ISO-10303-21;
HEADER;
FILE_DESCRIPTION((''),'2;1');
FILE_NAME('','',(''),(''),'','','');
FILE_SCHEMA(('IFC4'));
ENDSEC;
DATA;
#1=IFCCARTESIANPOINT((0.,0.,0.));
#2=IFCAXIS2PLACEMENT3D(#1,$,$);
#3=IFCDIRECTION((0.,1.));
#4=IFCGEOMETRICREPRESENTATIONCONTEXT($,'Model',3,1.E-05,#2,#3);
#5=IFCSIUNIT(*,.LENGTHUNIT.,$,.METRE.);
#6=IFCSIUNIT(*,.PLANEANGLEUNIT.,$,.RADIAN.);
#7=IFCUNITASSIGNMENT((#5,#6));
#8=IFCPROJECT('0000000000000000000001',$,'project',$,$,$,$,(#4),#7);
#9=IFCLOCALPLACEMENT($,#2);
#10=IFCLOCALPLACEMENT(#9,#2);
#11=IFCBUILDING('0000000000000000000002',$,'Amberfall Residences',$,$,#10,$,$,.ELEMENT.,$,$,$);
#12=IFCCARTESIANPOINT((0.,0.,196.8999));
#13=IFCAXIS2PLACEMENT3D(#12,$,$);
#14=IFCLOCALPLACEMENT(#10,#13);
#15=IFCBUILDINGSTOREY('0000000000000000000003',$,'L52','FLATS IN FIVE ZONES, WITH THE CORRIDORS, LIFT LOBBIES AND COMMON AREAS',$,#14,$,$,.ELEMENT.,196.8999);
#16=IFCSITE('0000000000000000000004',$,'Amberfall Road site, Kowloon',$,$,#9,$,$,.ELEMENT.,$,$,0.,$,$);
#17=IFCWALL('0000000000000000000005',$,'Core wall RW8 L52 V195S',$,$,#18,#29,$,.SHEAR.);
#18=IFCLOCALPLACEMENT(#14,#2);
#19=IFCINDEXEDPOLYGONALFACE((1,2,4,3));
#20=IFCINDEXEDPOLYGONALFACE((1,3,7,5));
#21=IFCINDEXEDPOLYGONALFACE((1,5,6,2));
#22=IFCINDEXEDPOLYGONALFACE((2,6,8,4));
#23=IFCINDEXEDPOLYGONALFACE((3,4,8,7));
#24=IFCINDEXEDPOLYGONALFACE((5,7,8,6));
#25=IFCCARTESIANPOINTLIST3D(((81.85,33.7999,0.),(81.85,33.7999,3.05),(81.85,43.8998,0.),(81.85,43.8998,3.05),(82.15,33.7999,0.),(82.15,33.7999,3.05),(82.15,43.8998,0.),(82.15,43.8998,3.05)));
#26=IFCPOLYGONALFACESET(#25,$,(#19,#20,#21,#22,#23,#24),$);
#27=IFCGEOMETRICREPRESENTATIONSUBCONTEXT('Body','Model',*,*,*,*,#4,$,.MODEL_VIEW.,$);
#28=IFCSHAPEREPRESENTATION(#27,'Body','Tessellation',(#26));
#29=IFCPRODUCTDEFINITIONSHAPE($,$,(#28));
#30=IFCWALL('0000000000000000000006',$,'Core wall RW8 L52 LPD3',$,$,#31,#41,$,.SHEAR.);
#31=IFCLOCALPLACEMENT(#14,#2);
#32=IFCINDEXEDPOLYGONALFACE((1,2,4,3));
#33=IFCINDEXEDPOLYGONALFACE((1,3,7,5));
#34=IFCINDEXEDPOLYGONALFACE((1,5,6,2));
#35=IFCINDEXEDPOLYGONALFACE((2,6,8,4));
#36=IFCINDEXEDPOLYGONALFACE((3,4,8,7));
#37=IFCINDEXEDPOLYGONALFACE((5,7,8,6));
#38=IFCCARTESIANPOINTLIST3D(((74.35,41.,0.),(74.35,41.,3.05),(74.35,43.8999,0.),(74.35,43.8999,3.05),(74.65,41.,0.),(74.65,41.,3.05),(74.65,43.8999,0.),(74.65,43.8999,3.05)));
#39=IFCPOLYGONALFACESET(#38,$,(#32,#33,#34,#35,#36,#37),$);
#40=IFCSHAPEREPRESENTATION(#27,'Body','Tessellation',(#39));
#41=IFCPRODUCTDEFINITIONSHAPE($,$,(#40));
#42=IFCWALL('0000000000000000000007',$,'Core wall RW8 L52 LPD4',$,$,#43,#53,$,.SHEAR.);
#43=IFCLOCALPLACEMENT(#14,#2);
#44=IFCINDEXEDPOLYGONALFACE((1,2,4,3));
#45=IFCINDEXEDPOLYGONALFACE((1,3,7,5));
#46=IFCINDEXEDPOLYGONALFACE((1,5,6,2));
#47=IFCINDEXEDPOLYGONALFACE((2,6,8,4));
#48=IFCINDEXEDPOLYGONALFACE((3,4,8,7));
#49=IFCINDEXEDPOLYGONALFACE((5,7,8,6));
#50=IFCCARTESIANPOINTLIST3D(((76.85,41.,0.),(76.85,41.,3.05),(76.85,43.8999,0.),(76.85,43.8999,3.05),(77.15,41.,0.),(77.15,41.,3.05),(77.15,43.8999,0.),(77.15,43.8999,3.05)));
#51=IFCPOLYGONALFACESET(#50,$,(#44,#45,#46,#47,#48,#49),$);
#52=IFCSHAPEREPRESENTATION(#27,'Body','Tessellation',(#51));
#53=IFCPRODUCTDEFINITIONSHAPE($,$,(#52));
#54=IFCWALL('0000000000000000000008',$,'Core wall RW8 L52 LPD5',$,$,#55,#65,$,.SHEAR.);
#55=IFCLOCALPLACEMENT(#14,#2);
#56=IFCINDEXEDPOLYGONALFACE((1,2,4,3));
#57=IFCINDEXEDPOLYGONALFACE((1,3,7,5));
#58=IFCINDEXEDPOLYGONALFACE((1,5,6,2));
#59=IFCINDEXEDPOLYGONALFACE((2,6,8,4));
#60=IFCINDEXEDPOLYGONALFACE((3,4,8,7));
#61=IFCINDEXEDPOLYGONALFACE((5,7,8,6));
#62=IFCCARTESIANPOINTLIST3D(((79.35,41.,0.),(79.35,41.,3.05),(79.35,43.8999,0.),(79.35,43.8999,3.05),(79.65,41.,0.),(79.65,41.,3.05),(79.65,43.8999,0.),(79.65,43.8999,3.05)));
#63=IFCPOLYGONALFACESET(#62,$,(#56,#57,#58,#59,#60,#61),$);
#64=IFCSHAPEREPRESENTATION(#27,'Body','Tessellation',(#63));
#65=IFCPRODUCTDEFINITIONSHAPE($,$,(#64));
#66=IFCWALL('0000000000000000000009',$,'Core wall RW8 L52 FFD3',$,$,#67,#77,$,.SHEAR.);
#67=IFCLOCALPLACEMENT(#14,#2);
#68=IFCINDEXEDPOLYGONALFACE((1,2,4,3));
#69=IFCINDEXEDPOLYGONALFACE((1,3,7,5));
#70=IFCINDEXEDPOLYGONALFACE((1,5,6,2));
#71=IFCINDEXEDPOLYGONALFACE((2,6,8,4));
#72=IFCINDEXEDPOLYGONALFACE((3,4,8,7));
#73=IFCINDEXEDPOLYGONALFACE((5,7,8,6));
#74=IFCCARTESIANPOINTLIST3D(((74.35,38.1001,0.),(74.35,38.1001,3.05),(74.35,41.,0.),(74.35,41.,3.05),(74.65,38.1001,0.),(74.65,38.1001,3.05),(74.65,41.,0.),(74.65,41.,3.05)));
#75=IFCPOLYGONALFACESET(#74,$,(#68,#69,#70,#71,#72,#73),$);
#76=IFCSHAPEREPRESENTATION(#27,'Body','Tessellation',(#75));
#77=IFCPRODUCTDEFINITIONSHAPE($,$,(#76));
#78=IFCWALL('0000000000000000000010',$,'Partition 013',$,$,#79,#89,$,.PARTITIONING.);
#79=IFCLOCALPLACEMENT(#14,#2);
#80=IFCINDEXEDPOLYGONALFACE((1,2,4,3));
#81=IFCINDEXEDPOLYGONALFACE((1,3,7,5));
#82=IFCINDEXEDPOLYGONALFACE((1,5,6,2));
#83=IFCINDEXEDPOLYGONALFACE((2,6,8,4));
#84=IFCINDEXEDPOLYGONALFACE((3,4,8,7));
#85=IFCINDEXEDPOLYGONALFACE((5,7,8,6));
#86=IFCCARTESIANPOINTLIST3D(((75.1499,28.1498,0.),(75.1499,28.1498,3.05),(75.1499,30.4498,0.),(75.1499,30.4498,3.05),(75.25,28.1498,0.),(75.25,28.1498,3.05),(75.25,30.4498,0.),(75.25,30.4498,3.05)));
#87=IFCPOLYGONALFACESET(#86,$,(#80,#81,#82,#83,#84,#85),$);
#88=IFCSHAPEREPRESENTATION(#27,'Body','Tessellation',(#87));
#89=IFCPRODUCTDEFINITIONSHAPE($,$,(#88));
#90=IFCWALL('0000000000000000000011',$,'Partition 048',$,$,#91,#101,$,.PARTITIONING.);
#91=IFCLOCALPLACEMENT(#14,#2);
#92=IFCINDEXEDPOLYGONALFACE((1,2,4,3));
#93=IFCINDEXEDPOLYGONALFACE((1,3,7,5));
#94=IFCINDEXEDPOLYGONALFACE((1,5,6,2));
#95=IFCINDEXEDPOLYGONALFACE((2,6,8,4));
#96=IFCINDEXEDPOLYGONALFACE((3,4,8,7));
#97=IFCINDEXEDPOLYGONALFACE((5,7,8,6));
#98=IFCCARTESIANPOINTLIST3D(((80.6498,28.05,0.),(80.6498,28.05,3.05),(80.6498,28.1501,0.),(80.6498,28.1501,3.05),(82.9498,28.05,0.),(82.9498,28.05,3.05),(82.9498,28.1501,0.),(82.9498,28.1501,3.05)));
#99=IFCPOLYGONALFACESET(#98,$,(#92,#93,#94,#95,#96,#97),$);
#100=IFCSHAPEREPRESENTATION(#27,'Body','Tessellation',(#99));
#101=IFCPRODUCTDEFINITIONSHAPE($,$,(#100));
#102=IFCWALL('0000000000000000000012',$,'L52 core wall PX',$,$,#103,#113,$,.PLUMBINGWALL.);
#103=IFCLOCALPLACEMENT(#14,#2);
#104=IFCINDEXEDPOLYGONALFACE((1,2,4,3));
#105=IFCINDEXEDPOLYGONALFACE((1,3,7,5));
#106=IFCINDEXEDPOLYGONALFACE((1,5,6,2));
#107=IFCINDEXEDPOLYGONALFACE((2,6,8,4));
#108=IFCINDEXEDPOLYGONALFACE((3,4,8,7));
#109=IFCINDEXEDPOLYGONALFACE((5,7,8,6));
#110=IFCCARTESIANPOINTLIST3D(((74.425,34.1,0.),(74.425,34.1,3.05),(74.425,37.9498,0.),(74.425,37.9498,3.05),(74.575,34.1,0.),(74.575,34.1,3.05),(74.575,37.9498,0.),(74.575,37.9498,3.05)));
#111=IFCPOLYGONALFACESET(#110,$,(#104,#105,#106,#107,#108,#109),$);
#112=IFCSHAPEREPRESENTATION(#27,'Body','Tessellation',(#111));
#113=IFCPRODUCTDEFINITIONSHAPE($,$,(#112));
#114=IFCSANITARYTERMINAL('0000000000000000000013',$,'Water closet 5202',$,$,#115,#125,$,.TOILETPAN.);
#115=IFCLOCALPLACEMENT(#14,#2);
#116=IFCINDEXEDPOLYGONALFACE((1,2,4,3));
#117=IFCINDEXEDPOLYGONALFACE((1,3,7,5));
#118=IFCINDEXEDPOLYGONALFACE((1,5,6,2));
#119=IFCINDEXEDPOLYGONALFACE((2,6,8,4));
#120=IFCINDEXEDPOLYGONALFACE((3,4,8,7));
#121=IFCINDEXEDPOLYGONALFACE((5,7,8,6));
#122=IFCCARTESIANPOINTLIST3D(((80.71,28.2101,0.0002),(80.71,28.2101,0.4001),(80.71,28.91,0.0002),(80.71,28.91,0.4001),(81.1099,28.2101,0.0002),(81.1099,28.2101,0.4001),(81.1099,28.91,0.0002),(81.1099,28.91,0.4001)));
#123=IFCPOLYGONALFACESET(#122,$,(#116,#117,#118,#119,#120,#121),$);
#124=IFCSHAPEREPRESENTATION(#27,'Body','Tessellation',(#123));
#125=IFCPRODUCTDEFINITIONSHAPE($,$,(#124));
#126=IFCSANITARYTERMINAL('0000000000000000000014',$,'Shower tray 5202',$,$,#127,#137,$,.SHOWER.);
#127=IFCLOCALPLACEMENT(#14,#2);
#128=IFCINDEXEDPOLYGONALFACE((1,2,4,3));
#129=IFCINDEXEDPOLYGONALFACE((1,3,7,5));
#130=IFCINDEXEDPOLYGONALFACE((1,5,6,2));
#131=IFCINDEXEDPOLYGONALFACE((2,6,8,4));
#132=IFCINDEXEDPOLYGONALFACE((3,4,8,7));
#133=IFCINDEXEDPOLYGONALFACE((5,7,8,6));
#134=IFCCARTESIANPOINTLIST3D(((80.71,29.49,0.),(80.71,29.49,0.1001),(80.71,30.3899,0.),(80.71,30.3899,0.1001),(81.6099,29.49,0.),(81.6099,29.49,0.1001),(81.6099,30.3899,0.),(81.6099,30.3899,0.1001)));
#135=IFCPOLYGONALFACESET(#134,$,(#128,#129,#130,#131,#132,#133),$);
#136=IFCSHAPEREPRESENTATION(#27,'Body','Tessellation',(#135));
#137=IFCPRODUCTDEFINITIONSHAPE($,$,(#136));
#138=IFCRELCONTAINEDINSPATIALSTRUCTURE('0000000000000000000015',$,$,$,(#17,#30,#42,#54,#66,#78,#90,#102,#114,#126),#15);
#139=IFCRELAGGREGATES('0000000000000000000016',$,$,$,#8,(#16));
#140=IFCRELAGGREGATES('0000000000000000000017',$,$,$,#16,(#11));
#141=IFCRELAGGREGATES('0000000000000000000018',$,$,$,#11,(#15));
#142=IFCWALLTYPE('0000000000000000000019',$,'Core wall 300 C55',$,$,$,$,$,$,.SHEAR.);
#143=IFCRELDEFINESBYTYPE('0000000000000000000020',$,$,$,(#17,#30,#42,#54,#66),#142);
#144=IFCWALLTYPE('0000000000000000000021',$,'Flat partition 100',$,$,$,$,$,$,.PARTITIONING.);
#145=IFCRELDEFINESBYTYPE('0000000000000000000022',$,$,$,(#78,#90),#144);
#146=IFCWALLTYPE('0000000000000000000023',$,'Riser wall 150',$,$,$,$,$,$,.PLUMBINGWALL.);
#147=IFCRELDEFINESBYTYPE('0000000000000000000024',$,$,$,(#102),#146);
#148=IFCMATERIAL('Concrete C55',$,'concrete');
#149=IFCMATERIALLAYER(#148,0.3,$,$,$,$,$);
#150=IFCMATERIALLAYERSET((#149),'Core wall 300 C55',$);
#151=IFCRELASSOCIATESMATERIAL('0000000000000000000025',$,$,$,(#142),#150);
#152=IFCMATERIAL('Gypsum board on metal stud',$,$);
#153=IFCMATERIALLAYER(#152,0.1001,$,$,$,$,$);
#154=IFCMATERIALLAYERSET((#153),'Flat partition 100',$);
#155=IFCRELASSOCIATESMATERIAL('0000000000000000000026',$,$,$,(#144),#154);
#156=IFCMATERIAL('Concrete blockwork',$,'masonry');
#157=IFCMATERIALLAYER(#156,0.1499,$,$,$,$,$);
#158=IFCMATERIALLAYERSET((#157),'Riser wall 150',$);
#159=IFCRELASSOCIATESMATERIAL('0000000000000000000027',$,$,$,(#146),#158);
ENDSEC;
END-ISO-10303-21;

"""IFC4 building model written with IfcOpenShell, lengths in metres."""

from ifc_helpers import new_model, si_unit, direction, frame, frame_2d, origin, origin_2d, place, context, subcontext, project, spatial, rectangle, extrude, material, layer, layer_set, type_object, element, save


model = new_model("IFC4")

# Units and contexts
model_context = context("Model", 3, precision=1e-05, world=origin(), true_north=direction((0.0, 1.0)))
body_context = subcontext(model_context, "Body", "Model", "MODEL_VIEW")
ifc_project = project(units=[si_unit("LENGTHUNIT", "METRE"), si_unit("PLANEANGLEUNIT", "RADIAN")], contexts=[model_context])

# Site, building, storey
site_placement = place(None, origin())
site = spatial("IfcSite", under=ifc_project, at=site_placement, Name="Amberfall Road site, Kowloon", CompositionType="ELEMENT", RefElevation=0.0)
building_placement = place(site_placement, origin())
building = spatial("IfcBuilding", under=site, at=building_placement, Name="Amberfall Residences", CompositionType="ELEMENT")
storey_placement = place(building_placement, frame((0.0, 0.0, 196.8999)))
storey = spatial("IfcBuildingStorey", under=building, at=storey_placement, Name="L52", Description="FLATS IN FIVE ZONES, WITH THE CORRIDORS, LIFT LOBBIES AND COMMON AREAS", CompositionType="ELEMENT", Elevation=196.8999)

# Walls
ifc_material_1 = material(Name="Concrete C55", Category="concrete")
ifc_layer_1 = layer(ifc_material_1, 0.3)
ifc_layer_set_1 = layer_set([ifc_layer_1], Name="Core wall 300 C55")
wall_type_1 = type_object("IfcWallType", Name="Core wall 300 C55", PredefinedType="SHEAR", material=ifc_layer_set_1)
wall_1_placement = place(storey_placement, frame((82.0, 33.8, 0.0), z_axis=(0.0, 0.0, 1.0), x_axis=(0.0, 1.0, 0.0)))
element("IfcWall", 1, at=wall_1_placement, inside=storey, type_object=wall_type_1, Name="Core wall RW8 L52 V195S", PredefinedType="SHEAR", context=body_context, shape_type="SweptSolid", body=[
    extrude(rectangle(XDim=10.0999, YDim=0.3, at=frame_2d((5.0498, 0.0))), origin(), (0.0, 0.0, 1.0), 3.05),
])
for number, where, z_axis, x_axis, name in (
    (2, (74.5, 41.0, 0.0), (0.0, 0.0, 1.0), (0.0, 1.0, 0.0), "Core wall RW8 L52 LPD3"),
    (3, (77.0, 41.0, 0.0), (0.0, 0.0, 1.0), (0.0, 1.0, 0.0), "Core wall RW8 L52 LPD4"),
    (4, (79.5, 41.0, 0.0), (0.0, 0.0, 1.0), (0.0, 1.0, 0.0), "Core wall RW8 L52 LPD5"),
    (5, (74.5, 38.1001, 0.0), (0.0, 0.0, 1.0), (0.0, 1.0, 0.0), "Core wall RW8 L52 FFD3"),
):
    element("IfcWall", number, at=place(storey_placement, frame(where, z_axis=z_axis, x_axis=x_axis)), inside=storey, type_object=wall_type_1, Name=name, PredefinedType="SHEAR", context=body_context, shape_type="SweptSolid", body=[
        extrude(rectangle(XDim=2.8999, YDim=0.3, at=frame_2d((1.45, 0.0))), origin(), (0.0, 0.0, 1.0), 3.05),
    ])
ifc_material_2 = material(Name="Gypsum board on metal stud")
ifc_layer_2 = layer(ifc_material_2, 0.1001)
ifc_layer_set_2 = layer_set([ifc_layer_2], Name="Flat partition 100")
wall_type_2 = type_object("IfcWallType", Name="Flat partition 100", PredefinedType="PARTITIONING", material=ifc_layer_set_2)
for number, where, z_axis, x_axis, name in (
    (6, (75.2, 28.1499, 0.0), (0.0, 0.0, 1.0), (0.0, 1.0, 0.0), "Partition 013"),
    (7, (80.6499, 28.1001, 0.0), (0.0, 0.0, 1.0), (1.0, 0.0, 0.0), "Partition 048"),
):
    element("IfcWall", number, at=place(storey_placement, frame(where, z_axis=z_axis, x_axis=x_axis)), inside=storey, type_object=wall_type_2, Name=name, PredefinedType="PARTITIONING", context=body_context, shape_type="SweptSolid", body=[
        extrude(rectangle(XDim=2.3, YDim=0.1001, at=frame_2d((1.1499, 0.0))), origin(), (0.0, 0.0, 1.0), 3.05),
    ])
ifc_material_3 = material(Name="Concrete blockwork", Category="masonry")
ifc_layer_3 = layer(ifc_material_3, 0.1499)
ifc_layer_set_3 = layer_set([ifc_layer_3], Name="Riser wall 150")
wall_type_3 = type_object("IfcWallType", Name="Riser wall 150", PredefinedType="PLUMBINGWALL", material=ifc_layer_set_3)
wall_2_placement = place(storey_placement, frame((74.5, 34.1001, 0.0), z_axis=(0.0, 0.0, 1.0), x_axis=(0.0, 1.0, 0.0)))
element("IfcWall", 8, at=wall_2_placement, inside=storey, type_object=wall_type_3, Name="L52 core wall PX", PredefinedType="PLUMBINGWALL", context=body_context, shape_type="SweptSolid", body=[
    extrude(rectangle(XDim=3.8499, YDim=0.1499, at=frame_2d((1.9248, 0.0))), origin(), (0.0, 0.0, 1.0), 3.05),
])

# Sanitary terminals
sanitary_terminal_1_placement = place(storey_placement, frame((80.9099, 28.5601, 0.0002), z_axis=(0.0, 0.0, 1.0), x_axis=(1.0, 0.0, 0.0)))
element("IfcSanitaryTerminal", 9, at=sanitary_terminal_1_placement, inside=storey, Name="Water closet 5202", PredefinedType="TOILETPAN", context=body_context, shape_type="SweptSolid", body=[
    extrude(rectangle(XDim=0.3999, YDim=0.7, at=origin_2d()), origin(), (0.0, 0.0, 1.0), 0.3999),
])
sanitary_terminal_2_placement = place(storey_placement, frame((81.1599, 29.9399, 0.0), z_axis=(0.0, 0.0, 1.0), x_axis=(1.0, 0.0, 0.0)))
element("IfcSanitaryTerminal", 10, at=sanitary_terminal_2_placement, inside=storey, Name="Shower tray 5202", PredefinedType="SHOWER", context=body_context, shape_type="SweptSolid", body=[
    extrude(rectangle(XDim=0.8999, YDim=0.8999, at=origin_2d()), origin(), (0.0, 0.0, 1.0), 0.1001),
])

save(model, "model.ifc")
